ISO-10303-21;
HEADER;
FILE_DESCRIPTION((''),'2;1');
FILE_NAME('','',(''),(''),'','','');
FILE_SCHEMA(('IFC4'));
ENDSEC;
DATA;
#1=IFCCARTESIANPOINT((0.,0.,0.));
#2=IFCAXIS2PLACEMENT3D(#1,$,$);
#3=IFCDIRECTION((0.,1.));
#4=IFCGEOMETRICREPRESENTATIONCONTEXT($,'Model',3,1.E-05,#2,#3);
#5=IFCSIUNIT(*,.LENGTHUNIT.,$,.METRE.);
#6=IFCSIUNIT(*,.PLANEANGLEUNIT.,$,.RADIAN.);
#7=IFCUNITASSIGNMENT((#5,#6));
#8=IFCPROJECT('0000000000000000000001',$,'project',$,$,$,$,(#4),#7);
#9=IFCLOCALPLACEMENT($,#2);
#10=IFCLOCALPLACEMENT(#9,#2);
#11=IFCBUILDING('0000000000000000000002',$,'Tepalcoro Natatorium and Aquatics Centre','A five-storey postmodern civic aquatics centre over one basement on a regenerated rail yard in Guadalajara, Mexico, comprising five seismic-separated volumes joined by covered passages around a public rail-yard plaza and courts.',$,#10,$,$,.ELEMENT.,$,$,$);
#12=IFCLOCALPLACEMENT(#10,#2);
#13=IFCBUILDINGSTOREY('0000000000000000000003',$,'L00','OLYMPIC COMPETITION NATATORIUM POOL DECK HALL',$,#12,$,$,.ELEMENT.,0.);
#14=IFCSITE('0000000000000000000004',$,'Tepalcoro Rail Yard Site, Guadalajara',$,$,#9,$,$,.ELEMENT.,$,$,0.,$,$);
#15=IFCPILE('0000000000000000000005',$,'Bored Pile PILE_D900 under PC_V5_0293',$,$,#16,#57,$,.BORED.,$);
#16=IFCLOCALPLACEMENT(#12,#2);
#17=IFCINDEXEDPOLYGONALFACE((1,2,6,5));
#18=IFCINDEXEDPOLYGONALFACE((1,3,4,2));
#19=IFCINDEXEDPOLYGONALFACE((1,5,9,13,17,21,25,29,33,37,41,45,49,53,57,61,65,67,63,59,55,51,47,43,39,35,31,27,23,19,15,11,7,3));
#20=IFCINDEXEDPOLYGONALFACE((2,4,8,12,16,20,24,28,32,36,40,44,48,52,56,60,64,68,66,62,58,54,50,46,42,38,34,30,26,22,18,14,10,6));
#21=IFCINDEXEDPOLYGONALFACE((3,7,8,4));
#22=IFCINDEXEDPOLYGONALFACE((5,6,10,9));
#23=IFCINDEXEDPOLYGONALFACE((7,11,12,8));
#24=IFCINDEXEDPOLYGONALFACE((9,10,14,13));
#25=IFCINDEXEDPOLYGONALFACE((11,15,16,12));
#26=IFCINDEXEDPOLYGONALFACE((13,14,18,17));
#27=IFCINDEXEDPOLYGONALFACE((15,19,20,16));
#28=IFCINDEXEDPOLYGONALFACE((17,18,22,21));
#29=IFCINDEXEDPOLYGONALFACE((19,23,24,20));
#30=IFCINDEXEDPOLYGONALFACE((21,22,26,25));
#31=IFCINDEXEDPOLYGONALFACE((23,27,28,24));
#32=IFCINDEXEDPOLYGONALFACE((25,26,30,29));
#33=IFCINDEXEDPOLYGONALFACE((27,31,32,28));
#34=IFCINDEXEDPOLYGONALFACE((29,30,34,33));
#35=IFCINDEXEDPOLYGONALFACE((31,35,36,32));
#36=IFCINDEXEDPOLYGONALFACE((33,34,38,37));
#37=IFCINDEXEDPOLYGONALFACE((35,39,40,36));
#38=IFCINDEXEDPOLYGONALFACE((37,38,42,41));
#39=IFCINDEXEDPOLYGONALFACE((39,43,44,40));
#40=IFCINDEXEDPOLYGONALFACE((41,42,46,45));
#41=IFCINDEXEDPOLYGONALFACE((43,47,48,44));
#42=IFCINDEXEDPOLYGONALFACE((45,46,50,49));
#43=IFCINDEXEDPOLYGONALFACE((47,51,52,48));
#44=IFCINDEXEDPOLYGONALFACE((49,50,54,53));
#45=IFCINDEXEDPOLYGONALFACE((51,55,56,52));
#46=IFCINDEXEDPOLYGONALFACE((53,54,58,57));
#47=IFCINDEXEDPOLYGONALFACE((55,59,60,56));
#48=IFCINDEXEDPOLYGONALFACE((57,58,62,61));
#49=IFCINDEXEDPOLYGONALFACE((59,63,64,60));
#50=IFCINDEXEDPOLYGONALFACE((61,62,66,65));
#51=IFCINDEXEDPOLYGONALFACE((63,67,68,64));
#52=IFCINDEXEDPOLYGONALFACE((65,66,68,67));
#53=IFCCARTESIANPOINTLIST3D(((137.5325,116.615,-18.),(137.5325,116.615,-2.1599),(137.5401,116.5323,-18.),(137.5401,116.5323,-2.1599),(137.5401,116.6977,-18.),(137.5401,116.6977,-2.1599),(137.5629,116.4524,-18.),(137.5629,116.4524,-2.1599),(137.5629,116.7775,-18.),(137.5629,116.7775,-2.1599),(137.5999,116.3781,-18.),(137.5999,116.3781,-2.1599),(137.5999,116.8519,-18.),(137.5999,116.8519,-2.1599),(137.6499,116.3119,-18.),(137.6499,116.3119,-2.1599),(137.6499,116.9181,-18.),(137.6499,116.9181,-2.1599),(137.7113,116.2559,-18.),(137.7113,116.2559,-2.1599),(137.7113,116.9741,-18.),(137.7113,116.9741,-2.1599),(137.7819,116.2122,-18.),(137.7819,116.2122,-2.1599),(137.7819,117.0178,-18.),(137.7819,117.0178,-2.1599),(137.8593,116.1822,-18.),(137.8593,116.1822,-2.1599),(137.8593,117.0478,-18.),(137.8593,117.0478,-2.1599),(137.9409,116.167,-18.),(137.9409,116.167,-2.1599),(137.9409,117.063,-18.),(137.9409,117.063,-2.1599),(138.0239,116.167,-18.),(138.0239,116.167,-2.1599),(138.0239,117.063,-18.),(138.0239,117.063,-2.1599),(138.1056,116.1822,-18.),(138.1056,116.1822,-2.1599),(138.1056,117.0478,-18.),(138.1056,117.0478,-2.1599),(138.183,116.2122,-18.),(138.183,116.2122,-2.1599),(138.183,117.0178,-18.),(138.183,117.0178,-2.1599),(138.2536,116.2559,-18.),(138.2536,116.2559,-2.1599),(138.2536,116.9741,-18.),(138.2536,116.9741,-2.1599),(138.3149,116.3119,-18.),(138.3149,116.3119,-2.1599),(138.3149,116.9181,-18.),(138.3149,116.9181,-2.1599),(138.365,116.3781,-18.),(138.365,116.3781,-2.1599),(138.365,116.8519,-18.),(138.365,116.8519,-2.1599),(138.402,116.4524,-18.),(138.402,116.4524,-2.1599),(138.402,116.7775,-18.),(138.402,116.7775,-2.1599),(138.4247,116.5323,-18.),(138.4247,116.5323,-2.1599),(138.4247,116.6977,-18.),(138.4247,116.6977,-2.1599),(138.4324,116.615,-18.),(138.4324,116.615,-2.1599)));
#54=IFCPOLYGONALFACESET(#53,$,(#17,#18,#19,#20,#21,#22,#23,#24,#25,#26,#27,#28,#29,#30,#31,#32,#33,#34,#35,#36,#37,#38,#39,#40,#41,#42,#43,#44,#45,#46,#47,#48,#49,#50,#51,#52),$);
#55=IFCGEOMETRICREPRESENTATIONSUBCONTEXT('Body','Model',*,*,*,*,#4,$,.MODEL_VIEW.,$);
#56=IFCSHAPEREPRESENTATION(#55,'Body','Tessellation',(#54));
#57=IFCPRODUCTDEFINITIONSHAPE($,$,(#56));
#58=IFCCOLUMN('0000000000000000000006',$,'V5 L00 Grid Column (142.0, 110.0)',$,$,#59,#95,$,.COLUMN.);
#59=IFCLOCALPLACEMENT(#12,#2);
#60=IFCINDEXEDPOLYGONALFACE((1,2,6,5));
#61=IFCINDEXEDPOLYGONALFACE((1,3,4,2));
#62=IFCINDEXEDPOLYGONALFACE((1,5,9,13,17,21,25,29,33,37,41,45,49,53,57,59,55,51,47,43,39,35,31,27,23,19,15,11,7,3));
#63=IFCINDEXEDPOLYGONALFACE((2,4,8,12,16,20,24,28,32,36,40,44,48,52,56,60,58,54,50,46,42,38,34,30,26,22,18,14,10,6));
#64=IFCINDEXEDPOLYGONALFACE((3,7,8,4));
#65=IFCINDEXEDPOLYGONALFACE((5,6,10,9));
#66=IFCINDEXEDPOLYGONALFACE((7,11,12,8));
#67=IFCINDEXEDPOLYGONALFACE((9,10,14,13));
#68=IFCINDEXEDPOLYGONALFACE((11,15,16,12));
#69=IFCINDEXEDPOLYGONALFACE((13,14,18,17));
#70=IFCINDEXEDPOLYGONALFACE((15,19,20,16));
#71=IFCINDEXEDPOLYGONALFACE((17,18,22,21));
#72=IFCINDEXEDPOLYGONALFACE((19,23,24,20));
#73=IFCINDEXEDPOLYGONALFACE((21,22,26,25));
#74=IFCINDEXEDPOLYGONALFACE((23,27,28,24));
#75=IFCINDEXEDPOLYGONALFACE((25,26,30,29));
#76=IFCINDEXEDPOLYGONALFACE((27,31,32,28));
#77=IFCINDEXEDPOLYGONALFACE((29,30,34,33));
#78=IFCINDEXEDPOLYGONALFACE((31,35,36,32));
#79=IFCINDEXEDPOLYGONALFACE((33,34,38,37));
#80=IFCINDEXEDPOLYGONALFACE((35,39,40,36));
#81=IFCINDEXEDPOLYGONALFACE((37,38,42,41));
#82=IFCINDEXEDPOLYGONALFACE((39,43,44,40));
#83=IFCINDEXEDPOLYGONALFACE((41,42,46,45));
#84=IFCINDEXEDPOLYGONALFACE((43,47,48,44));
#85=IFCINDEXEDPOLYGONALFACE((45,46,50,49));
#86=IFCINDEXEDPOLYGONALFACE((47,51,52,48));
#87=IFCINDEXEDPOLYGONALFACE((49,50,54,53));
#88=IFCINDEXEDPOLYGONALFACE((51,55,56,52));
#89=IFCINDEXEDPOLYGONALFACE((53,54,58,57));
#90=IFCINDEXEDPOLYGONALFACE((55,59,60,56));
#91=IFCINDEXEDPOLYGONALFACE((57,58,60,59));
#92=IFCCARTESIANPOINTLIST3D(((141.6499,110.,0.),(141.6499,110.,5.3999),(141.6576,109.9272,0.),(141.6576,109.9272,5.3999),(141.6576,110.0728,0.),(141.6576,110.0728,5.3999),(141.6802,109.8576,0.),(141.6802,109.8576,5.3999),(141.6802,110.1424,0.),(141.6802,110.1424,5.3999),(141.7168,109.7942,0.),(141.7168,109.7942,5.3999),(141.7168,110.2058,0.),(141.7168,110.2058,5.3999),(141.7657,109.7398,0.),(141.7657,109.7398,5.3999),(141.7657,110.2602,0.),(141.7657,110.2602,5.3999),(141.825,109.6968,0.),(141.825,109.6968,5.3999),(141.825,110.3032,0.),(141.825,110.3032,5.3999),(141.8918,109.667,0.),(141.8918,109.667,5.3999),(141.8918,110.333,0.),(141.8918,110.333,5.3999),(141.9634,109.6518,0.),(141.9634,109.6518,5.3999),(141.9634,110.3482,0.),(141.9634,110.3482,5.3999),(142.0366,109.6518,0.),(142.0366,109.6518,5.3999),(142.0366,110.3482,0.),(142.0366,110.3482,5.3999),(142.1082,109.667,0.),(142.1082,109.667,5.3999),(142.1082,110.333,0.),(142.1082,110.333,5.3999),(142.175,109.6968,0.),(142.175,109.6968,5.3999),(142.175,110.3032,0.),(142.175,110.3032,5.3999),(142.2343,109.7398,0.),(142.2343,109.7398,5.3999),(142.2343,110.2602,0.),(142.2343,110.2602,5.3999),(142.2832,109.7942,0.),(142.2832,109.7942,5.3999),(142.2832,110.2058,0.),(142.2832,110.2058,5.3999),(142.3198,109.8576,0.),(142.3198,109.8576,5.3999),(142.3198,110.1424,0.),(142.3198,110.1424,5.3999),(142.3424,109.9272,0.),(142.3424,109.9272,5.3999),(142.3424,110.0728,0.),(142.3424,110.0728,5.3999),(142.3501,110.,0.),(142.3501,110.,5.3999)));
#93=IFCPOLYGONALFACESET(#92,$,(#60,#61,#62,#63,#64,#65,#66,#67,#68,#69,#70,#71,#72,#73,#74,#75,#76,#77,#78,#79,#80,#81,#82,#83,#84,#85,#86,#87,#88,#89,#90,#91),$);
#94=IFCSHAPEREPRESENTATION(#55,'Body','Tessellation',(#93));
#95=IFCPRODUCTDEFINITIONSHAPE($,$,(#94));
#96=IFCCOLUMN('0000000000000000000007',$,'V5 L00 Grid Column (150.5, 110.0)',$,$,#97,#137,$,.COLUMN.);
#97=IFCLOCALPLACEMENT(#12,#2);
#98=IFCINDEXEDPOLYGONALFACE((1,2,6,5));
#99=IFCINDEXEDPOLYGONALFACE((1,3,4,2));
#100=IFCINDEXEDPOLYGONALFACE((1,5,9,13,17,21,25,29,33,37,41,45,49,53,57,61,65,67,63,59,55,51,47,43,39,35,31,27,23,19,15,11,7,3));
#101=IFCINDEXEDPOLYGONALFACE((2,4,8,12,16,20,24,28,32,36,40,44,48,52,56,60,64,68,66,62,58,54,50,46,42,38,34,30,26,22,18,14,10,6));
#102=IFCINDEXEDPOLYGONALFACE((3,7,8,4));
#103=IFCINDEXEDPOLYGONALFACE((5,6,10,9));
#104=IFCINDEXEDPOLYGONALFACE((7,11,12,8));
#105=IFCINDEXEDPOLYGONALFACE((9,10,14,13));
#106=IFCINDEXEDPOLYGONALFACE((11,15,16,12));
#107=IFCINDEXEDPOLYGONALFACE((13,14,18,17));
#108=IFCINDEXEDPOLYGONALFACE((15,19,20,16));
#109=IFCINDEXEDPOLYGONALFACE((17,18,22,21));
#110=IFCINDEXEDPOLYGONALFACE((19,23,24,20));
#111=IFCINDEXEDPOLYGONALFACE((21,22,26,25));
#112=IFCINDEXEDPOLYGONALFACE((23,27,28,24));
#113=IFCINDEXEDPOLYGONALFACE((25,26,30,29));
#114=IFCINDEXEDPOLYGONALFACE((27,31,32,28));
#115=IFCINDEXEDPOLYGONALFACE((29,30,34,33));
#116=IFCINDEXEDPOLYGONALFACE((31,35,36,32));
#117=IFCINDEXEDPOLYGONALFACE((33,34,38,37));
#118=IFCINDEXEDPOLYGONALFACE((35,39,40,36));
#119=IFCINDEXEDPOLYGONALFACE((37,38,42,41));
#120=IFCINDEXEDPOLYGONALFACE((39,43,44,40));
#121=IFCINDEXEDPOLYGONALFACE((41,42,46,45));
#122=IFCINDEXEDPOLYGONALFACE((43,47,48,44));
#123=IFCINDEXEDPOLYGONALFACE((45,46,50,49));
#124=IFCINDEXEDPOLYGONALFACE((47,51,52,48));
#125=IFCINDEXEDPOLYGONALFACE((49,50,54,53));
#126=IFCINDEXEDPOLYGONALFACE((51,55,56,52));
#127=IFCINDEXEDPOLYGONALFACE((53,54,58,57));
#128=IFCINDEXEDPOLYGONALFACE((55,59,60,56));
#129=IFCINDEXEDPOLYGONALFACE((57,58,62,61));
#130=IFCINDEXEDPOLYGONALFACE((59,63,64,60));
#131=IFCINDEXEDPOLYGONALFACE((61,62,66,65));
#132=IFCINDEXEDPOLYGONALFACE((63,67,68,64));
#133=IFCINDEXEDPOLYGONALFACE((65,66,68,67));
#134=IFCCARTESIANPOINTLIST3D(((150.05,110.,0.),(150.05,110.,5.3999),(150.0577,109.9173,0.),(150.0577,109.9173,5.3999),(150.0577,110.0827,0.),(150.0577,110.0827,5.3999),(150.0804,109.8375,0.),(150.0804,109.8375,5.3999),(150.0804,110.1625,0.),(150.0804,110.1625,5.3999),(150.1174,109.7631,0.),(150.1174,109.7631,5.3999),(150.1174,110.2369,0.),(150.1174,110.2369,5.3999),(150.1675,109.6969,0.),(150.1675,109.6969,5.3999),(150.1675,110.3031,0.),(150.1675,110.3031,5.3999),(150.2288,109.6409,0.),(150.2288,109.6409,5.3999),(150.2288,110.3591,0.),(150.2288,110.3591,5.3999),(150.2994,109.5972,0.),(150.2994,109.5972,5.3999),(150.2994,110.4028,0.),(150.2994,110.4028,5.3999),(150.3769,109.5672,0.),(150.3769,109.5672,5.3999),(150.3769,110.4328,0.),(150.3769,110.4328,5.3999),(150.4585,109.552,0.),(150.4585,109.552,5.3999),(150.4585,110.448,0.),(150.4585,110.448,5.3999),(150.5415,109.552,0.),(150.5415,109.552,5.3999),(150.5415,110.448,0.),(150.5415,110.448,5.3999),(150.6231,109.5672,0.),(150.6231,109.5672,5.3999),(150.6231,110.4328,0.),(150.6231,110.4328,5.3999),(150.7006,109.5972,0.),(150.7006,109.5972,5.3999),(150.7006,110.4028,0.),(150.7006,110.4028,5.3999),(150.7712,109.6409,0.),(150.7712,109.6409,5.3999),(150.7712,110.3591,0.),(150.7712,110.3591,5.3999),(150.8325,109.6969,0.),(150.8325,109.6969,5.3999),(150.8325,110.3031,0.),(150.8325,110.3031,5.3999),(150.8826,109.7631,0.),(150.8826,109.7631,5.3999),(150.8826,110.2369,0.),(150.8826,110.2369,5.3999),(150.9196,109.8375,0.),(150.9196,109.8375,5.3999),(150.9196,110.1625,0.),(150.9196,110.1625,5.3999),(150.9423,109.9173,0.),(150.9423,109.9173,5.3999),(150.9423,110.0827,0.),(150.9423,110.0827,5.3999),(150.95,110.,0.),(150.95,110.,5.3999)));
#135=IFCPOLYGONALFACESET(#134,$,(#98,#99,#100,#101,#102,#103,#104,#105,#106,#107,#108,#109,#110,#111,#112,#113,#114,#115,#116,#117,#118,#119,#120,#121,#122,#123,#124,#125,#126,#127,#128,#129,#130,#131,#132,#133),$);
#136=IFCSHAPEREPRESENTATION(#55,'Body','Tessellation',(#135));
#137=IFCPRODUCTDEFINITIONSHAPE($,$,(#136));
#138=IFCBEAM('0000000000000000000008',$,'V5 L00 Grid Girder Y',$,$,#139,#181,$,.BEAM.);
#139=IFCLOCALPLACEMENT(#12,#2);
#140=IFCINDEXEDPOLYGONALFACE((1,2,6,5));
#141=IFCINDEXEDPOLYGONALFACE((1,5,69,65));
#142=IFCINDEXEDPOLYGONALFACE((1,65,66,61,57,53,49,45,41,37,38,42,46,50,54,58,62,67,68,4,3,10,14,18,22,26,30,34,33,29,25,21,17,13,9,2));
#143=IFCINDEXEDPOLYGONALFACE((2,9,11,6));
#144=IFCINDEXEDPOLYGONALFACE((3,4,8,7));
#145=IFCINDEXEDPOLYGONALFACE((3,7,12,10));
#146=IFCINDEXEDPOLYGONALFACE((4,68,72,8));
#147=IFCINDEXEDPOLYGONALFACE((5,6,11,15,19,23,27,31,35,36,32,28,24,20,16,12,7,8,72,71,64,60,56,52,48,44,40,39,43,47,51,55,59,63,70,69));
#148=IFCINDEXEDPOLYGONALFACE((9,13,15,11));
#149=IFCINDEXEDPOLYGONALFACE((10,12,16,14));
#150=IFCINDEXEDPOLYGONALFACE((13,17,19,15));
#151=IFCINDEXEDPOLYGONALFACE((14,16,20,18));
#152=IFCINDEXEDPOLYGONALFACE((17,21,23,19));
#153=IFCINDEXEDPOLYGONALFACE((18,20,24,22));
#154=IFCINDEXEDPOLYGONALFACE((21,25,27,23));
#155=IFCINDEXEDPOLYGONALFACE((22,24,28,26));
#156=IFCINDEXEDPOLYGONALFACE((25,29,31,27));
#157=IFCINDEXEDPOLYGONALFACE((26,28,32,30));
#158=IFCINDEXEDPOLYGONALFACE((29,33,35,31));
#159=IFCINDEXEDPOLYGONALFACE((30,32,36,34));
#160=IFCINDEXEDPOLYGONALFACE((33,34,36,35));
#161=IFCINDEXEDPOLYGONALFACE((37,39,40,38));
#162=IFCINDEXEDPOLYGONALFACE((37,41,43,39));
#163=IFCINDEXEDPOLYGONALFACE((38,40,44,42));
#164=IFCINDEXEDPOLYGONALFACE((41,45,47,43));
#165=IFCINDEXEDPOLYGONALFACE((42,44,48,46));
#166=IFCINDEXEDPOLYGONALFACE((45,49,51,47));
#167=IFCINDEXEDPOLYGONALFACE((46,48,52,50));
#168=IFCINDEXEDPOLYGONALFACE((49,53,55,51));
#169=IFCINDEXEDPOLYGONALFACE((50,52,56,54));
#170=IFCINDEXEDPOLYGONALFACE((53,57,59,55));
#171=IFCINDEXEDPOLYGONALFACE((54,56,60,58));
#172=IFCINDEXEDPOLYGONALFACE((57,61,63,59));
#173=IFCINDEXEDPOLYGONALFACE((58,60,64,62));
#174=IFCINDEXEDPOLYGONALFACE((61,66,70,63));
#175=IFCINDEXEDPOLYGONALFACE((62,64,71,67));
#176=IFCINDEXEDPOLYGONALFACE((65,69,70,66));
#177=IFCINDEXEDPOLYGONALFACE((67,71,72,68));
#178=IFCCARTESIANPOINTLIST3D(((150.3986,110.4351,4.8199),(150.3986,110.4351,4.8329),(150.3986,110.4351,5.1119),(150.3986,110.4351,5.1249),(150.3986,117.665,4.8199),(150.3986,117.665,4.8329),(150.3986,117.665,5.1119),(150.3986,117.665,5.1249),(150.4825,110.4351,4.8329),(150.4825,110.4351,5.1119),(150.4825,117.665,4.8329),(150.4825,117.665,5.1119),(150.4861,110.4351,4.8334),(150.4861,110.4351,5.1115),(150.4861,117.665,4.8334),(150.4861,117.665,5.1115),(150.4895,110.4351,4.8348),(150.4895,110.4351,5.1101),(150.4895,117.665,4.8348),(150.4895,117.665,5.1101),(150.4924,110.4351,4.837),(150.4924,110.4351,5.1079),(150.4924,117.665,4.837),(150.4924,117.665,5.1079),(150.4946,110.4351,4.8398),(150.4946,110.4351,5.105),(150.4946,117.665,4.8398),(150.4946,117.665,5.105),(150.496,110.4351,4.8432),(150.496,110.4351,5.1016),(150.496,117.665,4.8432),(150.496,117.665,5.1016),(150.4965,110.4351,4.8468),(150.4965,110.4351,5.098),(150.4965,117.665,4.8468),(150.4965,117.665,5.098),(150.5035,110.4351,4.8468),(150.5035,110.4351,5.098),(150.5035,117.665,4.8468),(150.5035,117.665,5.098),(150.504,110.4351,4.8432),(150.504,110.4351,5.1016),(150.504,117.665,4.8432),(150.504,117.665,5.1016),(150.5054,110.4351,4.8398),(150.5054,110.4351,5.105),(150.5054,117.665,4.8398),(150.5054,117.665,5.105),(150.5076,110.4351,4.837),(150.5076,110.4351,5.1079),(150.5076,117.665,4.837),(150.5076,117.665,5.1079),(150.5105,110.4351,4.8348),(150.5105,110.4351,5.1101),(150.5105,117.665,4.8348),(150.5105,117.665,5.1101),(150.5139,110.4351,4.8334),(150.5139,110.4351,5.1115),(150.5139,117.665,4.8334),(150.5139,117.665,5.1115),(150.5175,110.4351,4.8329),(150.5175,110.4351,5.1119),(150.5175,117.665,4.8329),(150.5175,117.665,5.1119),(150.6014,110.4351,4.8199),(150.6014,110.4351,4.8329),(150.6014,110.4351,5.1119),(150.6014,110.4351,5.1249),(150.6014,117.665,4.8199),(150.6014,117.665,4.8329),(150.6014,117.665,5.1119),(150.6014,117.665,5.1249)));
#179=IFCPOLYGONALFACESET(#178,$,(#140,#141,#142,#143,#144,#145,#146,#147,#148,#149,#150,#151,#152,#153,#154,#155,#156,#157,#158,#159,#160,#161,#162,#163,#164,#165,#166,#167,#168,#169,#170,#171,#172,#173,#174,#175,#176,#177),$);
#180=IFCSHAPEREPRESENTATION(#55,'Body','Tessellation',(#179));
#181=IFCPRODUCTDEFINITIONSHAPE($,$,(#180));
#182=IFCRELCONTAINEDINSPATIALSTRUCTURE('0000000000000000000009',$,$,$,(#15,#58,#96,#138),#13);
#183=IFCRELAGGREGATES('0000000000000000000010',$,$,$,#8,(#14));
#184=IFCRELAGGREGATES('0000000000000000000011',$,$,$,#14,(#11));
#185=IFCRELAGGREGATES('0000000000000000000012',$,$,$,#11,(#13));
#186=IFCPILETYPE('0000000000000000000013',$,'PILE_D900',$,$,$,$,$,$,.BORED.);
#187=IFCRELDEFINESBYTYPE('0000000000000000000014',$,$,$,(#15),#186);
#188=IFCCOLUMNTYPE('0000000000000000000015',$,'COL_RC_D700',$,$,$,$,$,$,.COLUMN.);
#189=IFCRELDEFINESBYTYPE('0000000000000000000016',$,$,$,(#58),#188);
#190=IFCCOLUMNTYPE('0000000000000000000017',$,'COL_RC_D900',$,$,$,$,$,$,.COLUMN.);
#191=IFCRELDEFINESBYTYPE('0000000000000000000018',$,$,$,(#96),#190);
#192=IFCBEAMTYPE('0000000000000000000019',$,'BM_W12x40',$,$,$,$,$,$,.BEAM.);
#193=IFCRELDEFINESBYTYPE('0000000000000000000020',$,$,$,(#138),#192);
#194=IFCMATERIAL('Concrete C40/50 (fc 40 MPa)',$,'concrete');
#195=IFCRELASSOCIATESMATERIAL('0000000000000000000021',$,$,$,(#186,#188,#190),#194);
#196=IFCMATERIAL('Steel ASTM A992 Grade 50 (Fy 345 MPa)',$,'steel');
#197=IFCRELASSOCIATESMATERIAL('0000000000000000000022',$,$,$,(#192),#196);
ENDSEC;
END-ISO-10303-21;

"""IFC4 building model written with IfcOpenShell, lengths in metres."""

from ifc_helpers import new_model, si_unit, direction, frame, origin, origin_2d, place, context, subcontext, project, spatial, circle, i_section, extrude, material, material_profile, profile_set, type_object, element, save


model = new_model("IFC4")

# Units and contexts
model_context = context("Model", 3, precision=1e-05, world=origin(), true_north=direction((0.0, 1.0)))
body_context = subcontext(model_context, "Body", "Model", "MODEL_VIEW")
ifc_project = project(units=[si_unit("LENGTHUNIT", "METRE"), si_unit("PLANEANGLEUNIT", "RADIAN")], contexts=[model_context])

# Site, building, storey
site_placement = place(None, origin())
site = spatial("IfcSite", under=ifc_project, at=site_placement, Name="Tepalcoro Rail Yard Site, Guadalajara", CompositionType="ELEMENT", RefElevation=0.0)
building_placement = place(site_placement, origin())
building = spatial("IfcBuilding", under=site, at=building_placement, Name="Tepalcoro Natatorium and Aquatics Centre", Description="A five-storey postmodern civic aquatics centre over one basement on a regenerated rail yard in Guadalajara, Mexico, comprising five seismic-separated volumes joined by covered passages around a public rail-yard plaza and courts.", CompositionType="ELEMENT")
storey_placement = place(building_placement, origin())
storey = spatial("IfcBuildingStorey", under=building, at=storey_placement, Name="L00", Description="OLYMPIC COMPETITION NATATORIUM POOL DECK HALL", CompositionType="ELEMENT", Elevation=0.0)

# Pile
ifc_material_1 = material(Name="Concrete C40/50 (fc 40 MPa)", Category="concrete")
ifc_material_profile_1 = material_profile(ifc_material_1, circle(Radius=0.45, at=origin_2d()), Name="PILE_D900")
ifc_profile_set_1 = profile_set([ifc_material_profile_1], Name="Concrete C40/50 (fc 40 MPa)")
pile_type_1 = type_object("IfcPileType", Name="PILE_D900", PredefinedType="BORED", material=ifc_profile_set_1)
for number, where, z_axis, x_axis, name in (
    (1, (137.9824, 116.615, -2.1599), (0.0, 0.0, -1.0), (1.0, 0.0, 0.0), "Bored Pile PILE_D900 under PC_V5_0293"),
):
    element("IfcPile", number, at=place(storey_placement, frame(where, z_axis=z_axis, x_axis=x_axis)), inside=storey, type_object=pile_type_1, Name=name, PredefinedType="BORED", context=body_context, shape_type="SweptSolid", body=[
        extrude(circle(Radius=0.45, at=origin_2d()), origin(), (0.0, 0.0, 1.0), 15.8401),
    ])

# Columns
ifc_material_profile_2 = material_profile(ifc_material_1, circle(Radius=0.3501, at=origin_2d()), Name="RCD700")
ifc_profile_set_2 = profile_set([ifc_material_profile_2], Name="Concrete C40/50 (fc 40 MPa)")
column_type_1 = type_object("IfcColumnType", Name="COL_RC_D700", PredefinedType="COLUMN", material=ifc_profile_set_2)
column_1_placement = place(storey_placement, frame((142.0, 110.0, 0.0), z_axis=(0.0, 0.0, 1.0), x_axis=(1.0, 0.0, 0.0)))
element("IfcColumn", 2, at=column_1_placement, inside=storey, type_object=column_type_1, Name="V5 L00 Grid Column (142.0, 110.0)", PredefinedType="COLUMN", context=body_context, shape_type="SweptSolid", body=[
    extrude(circle(Radius=0.3501, at=origin_2d()), origin(), (0.0, 0.0, 1.0), 5.3999),
])
ifc_material_profile_3 = material_profile(ifc_material_1, circle(Radius=0.45, at=origin_2d()), Name="RCD900")
ifc_profile_set_3 = profile_set([ifc_material_profile_3], Name="Concrete C40/50 (fc 40 MPa)")
column_type_2 = type_object("IfcColumnType", Name="COL_RC_D900", PredefinedType="COLUMN", material=ifc_profile_set_3)
column_2_placement = place(storey_placement, frame((150.5, 110.0, 0.0), z_axis=(0.0, 0.0, 1.0), x_axis=(1.0, 0.0, 0.0)))
element("IfcColumn", 3, at=column_2_placement, inside=storey, type_object=column_type_2, Name="V5 L00 Grid Column (150.5, 110.0)", PredefinedType="COLUMN", context=body_context, shape_type="SweptSolid", body=[
    extrude(circle(Radius=0.45, at=origin_2d()), origin(), (0.0, 0.0, 1.0), 5.3999),
])

# Beam
ifc_material_2 = material(Name="Steel ASTM A992 Grade 50 (Fy 345 MPa)", Category="steel")
ifc_material_profile_4 = material_profile(ifc_material_2, i_section(OverallWidth=0.2029, OverallDepth=0.3049, WebThickness=0.0071, FlangeThickness=0.0129, FilletRadius=0.0139, at=origin_2d()), Name="W12X40")
ifc_profile_set_4 = profile_set([ifc_material_profile_4], Name="Steel ASTM A992 Grade 50 (Fy 345 MPa)")
beam_type_1 = type_object("IfcBeamType", Name="BM_W12x40", PredefinedType="BEAM", material=ifc_profile_set_4)
beam_1_placement = place(storey_placement, frame((150.5, 110.4351, 4.9724), z_axis=(0.0, 1.0, 0.0), x_axis=(-1.0, 0.0, 0.0)))
element("IfcBeam", 4, at=beam_1_placement, inside=storey, type_object=beam_type_1, Name="V5 L00 Grid Girder Y", PredefinedType="BEAM", context=body_context, shape_type="SweptSolid", body=[
    extrude(i_section(OverallWidth=0.2029, OverallDepth=0.3049, WebThickness=0.0071, FlangeThickness=0.0129, FilletRadius=0.0139, at=origin_2d()), origin(), (0.0, 0.0, 1.0), 7.23),
])

save(model, "model.ifc")
